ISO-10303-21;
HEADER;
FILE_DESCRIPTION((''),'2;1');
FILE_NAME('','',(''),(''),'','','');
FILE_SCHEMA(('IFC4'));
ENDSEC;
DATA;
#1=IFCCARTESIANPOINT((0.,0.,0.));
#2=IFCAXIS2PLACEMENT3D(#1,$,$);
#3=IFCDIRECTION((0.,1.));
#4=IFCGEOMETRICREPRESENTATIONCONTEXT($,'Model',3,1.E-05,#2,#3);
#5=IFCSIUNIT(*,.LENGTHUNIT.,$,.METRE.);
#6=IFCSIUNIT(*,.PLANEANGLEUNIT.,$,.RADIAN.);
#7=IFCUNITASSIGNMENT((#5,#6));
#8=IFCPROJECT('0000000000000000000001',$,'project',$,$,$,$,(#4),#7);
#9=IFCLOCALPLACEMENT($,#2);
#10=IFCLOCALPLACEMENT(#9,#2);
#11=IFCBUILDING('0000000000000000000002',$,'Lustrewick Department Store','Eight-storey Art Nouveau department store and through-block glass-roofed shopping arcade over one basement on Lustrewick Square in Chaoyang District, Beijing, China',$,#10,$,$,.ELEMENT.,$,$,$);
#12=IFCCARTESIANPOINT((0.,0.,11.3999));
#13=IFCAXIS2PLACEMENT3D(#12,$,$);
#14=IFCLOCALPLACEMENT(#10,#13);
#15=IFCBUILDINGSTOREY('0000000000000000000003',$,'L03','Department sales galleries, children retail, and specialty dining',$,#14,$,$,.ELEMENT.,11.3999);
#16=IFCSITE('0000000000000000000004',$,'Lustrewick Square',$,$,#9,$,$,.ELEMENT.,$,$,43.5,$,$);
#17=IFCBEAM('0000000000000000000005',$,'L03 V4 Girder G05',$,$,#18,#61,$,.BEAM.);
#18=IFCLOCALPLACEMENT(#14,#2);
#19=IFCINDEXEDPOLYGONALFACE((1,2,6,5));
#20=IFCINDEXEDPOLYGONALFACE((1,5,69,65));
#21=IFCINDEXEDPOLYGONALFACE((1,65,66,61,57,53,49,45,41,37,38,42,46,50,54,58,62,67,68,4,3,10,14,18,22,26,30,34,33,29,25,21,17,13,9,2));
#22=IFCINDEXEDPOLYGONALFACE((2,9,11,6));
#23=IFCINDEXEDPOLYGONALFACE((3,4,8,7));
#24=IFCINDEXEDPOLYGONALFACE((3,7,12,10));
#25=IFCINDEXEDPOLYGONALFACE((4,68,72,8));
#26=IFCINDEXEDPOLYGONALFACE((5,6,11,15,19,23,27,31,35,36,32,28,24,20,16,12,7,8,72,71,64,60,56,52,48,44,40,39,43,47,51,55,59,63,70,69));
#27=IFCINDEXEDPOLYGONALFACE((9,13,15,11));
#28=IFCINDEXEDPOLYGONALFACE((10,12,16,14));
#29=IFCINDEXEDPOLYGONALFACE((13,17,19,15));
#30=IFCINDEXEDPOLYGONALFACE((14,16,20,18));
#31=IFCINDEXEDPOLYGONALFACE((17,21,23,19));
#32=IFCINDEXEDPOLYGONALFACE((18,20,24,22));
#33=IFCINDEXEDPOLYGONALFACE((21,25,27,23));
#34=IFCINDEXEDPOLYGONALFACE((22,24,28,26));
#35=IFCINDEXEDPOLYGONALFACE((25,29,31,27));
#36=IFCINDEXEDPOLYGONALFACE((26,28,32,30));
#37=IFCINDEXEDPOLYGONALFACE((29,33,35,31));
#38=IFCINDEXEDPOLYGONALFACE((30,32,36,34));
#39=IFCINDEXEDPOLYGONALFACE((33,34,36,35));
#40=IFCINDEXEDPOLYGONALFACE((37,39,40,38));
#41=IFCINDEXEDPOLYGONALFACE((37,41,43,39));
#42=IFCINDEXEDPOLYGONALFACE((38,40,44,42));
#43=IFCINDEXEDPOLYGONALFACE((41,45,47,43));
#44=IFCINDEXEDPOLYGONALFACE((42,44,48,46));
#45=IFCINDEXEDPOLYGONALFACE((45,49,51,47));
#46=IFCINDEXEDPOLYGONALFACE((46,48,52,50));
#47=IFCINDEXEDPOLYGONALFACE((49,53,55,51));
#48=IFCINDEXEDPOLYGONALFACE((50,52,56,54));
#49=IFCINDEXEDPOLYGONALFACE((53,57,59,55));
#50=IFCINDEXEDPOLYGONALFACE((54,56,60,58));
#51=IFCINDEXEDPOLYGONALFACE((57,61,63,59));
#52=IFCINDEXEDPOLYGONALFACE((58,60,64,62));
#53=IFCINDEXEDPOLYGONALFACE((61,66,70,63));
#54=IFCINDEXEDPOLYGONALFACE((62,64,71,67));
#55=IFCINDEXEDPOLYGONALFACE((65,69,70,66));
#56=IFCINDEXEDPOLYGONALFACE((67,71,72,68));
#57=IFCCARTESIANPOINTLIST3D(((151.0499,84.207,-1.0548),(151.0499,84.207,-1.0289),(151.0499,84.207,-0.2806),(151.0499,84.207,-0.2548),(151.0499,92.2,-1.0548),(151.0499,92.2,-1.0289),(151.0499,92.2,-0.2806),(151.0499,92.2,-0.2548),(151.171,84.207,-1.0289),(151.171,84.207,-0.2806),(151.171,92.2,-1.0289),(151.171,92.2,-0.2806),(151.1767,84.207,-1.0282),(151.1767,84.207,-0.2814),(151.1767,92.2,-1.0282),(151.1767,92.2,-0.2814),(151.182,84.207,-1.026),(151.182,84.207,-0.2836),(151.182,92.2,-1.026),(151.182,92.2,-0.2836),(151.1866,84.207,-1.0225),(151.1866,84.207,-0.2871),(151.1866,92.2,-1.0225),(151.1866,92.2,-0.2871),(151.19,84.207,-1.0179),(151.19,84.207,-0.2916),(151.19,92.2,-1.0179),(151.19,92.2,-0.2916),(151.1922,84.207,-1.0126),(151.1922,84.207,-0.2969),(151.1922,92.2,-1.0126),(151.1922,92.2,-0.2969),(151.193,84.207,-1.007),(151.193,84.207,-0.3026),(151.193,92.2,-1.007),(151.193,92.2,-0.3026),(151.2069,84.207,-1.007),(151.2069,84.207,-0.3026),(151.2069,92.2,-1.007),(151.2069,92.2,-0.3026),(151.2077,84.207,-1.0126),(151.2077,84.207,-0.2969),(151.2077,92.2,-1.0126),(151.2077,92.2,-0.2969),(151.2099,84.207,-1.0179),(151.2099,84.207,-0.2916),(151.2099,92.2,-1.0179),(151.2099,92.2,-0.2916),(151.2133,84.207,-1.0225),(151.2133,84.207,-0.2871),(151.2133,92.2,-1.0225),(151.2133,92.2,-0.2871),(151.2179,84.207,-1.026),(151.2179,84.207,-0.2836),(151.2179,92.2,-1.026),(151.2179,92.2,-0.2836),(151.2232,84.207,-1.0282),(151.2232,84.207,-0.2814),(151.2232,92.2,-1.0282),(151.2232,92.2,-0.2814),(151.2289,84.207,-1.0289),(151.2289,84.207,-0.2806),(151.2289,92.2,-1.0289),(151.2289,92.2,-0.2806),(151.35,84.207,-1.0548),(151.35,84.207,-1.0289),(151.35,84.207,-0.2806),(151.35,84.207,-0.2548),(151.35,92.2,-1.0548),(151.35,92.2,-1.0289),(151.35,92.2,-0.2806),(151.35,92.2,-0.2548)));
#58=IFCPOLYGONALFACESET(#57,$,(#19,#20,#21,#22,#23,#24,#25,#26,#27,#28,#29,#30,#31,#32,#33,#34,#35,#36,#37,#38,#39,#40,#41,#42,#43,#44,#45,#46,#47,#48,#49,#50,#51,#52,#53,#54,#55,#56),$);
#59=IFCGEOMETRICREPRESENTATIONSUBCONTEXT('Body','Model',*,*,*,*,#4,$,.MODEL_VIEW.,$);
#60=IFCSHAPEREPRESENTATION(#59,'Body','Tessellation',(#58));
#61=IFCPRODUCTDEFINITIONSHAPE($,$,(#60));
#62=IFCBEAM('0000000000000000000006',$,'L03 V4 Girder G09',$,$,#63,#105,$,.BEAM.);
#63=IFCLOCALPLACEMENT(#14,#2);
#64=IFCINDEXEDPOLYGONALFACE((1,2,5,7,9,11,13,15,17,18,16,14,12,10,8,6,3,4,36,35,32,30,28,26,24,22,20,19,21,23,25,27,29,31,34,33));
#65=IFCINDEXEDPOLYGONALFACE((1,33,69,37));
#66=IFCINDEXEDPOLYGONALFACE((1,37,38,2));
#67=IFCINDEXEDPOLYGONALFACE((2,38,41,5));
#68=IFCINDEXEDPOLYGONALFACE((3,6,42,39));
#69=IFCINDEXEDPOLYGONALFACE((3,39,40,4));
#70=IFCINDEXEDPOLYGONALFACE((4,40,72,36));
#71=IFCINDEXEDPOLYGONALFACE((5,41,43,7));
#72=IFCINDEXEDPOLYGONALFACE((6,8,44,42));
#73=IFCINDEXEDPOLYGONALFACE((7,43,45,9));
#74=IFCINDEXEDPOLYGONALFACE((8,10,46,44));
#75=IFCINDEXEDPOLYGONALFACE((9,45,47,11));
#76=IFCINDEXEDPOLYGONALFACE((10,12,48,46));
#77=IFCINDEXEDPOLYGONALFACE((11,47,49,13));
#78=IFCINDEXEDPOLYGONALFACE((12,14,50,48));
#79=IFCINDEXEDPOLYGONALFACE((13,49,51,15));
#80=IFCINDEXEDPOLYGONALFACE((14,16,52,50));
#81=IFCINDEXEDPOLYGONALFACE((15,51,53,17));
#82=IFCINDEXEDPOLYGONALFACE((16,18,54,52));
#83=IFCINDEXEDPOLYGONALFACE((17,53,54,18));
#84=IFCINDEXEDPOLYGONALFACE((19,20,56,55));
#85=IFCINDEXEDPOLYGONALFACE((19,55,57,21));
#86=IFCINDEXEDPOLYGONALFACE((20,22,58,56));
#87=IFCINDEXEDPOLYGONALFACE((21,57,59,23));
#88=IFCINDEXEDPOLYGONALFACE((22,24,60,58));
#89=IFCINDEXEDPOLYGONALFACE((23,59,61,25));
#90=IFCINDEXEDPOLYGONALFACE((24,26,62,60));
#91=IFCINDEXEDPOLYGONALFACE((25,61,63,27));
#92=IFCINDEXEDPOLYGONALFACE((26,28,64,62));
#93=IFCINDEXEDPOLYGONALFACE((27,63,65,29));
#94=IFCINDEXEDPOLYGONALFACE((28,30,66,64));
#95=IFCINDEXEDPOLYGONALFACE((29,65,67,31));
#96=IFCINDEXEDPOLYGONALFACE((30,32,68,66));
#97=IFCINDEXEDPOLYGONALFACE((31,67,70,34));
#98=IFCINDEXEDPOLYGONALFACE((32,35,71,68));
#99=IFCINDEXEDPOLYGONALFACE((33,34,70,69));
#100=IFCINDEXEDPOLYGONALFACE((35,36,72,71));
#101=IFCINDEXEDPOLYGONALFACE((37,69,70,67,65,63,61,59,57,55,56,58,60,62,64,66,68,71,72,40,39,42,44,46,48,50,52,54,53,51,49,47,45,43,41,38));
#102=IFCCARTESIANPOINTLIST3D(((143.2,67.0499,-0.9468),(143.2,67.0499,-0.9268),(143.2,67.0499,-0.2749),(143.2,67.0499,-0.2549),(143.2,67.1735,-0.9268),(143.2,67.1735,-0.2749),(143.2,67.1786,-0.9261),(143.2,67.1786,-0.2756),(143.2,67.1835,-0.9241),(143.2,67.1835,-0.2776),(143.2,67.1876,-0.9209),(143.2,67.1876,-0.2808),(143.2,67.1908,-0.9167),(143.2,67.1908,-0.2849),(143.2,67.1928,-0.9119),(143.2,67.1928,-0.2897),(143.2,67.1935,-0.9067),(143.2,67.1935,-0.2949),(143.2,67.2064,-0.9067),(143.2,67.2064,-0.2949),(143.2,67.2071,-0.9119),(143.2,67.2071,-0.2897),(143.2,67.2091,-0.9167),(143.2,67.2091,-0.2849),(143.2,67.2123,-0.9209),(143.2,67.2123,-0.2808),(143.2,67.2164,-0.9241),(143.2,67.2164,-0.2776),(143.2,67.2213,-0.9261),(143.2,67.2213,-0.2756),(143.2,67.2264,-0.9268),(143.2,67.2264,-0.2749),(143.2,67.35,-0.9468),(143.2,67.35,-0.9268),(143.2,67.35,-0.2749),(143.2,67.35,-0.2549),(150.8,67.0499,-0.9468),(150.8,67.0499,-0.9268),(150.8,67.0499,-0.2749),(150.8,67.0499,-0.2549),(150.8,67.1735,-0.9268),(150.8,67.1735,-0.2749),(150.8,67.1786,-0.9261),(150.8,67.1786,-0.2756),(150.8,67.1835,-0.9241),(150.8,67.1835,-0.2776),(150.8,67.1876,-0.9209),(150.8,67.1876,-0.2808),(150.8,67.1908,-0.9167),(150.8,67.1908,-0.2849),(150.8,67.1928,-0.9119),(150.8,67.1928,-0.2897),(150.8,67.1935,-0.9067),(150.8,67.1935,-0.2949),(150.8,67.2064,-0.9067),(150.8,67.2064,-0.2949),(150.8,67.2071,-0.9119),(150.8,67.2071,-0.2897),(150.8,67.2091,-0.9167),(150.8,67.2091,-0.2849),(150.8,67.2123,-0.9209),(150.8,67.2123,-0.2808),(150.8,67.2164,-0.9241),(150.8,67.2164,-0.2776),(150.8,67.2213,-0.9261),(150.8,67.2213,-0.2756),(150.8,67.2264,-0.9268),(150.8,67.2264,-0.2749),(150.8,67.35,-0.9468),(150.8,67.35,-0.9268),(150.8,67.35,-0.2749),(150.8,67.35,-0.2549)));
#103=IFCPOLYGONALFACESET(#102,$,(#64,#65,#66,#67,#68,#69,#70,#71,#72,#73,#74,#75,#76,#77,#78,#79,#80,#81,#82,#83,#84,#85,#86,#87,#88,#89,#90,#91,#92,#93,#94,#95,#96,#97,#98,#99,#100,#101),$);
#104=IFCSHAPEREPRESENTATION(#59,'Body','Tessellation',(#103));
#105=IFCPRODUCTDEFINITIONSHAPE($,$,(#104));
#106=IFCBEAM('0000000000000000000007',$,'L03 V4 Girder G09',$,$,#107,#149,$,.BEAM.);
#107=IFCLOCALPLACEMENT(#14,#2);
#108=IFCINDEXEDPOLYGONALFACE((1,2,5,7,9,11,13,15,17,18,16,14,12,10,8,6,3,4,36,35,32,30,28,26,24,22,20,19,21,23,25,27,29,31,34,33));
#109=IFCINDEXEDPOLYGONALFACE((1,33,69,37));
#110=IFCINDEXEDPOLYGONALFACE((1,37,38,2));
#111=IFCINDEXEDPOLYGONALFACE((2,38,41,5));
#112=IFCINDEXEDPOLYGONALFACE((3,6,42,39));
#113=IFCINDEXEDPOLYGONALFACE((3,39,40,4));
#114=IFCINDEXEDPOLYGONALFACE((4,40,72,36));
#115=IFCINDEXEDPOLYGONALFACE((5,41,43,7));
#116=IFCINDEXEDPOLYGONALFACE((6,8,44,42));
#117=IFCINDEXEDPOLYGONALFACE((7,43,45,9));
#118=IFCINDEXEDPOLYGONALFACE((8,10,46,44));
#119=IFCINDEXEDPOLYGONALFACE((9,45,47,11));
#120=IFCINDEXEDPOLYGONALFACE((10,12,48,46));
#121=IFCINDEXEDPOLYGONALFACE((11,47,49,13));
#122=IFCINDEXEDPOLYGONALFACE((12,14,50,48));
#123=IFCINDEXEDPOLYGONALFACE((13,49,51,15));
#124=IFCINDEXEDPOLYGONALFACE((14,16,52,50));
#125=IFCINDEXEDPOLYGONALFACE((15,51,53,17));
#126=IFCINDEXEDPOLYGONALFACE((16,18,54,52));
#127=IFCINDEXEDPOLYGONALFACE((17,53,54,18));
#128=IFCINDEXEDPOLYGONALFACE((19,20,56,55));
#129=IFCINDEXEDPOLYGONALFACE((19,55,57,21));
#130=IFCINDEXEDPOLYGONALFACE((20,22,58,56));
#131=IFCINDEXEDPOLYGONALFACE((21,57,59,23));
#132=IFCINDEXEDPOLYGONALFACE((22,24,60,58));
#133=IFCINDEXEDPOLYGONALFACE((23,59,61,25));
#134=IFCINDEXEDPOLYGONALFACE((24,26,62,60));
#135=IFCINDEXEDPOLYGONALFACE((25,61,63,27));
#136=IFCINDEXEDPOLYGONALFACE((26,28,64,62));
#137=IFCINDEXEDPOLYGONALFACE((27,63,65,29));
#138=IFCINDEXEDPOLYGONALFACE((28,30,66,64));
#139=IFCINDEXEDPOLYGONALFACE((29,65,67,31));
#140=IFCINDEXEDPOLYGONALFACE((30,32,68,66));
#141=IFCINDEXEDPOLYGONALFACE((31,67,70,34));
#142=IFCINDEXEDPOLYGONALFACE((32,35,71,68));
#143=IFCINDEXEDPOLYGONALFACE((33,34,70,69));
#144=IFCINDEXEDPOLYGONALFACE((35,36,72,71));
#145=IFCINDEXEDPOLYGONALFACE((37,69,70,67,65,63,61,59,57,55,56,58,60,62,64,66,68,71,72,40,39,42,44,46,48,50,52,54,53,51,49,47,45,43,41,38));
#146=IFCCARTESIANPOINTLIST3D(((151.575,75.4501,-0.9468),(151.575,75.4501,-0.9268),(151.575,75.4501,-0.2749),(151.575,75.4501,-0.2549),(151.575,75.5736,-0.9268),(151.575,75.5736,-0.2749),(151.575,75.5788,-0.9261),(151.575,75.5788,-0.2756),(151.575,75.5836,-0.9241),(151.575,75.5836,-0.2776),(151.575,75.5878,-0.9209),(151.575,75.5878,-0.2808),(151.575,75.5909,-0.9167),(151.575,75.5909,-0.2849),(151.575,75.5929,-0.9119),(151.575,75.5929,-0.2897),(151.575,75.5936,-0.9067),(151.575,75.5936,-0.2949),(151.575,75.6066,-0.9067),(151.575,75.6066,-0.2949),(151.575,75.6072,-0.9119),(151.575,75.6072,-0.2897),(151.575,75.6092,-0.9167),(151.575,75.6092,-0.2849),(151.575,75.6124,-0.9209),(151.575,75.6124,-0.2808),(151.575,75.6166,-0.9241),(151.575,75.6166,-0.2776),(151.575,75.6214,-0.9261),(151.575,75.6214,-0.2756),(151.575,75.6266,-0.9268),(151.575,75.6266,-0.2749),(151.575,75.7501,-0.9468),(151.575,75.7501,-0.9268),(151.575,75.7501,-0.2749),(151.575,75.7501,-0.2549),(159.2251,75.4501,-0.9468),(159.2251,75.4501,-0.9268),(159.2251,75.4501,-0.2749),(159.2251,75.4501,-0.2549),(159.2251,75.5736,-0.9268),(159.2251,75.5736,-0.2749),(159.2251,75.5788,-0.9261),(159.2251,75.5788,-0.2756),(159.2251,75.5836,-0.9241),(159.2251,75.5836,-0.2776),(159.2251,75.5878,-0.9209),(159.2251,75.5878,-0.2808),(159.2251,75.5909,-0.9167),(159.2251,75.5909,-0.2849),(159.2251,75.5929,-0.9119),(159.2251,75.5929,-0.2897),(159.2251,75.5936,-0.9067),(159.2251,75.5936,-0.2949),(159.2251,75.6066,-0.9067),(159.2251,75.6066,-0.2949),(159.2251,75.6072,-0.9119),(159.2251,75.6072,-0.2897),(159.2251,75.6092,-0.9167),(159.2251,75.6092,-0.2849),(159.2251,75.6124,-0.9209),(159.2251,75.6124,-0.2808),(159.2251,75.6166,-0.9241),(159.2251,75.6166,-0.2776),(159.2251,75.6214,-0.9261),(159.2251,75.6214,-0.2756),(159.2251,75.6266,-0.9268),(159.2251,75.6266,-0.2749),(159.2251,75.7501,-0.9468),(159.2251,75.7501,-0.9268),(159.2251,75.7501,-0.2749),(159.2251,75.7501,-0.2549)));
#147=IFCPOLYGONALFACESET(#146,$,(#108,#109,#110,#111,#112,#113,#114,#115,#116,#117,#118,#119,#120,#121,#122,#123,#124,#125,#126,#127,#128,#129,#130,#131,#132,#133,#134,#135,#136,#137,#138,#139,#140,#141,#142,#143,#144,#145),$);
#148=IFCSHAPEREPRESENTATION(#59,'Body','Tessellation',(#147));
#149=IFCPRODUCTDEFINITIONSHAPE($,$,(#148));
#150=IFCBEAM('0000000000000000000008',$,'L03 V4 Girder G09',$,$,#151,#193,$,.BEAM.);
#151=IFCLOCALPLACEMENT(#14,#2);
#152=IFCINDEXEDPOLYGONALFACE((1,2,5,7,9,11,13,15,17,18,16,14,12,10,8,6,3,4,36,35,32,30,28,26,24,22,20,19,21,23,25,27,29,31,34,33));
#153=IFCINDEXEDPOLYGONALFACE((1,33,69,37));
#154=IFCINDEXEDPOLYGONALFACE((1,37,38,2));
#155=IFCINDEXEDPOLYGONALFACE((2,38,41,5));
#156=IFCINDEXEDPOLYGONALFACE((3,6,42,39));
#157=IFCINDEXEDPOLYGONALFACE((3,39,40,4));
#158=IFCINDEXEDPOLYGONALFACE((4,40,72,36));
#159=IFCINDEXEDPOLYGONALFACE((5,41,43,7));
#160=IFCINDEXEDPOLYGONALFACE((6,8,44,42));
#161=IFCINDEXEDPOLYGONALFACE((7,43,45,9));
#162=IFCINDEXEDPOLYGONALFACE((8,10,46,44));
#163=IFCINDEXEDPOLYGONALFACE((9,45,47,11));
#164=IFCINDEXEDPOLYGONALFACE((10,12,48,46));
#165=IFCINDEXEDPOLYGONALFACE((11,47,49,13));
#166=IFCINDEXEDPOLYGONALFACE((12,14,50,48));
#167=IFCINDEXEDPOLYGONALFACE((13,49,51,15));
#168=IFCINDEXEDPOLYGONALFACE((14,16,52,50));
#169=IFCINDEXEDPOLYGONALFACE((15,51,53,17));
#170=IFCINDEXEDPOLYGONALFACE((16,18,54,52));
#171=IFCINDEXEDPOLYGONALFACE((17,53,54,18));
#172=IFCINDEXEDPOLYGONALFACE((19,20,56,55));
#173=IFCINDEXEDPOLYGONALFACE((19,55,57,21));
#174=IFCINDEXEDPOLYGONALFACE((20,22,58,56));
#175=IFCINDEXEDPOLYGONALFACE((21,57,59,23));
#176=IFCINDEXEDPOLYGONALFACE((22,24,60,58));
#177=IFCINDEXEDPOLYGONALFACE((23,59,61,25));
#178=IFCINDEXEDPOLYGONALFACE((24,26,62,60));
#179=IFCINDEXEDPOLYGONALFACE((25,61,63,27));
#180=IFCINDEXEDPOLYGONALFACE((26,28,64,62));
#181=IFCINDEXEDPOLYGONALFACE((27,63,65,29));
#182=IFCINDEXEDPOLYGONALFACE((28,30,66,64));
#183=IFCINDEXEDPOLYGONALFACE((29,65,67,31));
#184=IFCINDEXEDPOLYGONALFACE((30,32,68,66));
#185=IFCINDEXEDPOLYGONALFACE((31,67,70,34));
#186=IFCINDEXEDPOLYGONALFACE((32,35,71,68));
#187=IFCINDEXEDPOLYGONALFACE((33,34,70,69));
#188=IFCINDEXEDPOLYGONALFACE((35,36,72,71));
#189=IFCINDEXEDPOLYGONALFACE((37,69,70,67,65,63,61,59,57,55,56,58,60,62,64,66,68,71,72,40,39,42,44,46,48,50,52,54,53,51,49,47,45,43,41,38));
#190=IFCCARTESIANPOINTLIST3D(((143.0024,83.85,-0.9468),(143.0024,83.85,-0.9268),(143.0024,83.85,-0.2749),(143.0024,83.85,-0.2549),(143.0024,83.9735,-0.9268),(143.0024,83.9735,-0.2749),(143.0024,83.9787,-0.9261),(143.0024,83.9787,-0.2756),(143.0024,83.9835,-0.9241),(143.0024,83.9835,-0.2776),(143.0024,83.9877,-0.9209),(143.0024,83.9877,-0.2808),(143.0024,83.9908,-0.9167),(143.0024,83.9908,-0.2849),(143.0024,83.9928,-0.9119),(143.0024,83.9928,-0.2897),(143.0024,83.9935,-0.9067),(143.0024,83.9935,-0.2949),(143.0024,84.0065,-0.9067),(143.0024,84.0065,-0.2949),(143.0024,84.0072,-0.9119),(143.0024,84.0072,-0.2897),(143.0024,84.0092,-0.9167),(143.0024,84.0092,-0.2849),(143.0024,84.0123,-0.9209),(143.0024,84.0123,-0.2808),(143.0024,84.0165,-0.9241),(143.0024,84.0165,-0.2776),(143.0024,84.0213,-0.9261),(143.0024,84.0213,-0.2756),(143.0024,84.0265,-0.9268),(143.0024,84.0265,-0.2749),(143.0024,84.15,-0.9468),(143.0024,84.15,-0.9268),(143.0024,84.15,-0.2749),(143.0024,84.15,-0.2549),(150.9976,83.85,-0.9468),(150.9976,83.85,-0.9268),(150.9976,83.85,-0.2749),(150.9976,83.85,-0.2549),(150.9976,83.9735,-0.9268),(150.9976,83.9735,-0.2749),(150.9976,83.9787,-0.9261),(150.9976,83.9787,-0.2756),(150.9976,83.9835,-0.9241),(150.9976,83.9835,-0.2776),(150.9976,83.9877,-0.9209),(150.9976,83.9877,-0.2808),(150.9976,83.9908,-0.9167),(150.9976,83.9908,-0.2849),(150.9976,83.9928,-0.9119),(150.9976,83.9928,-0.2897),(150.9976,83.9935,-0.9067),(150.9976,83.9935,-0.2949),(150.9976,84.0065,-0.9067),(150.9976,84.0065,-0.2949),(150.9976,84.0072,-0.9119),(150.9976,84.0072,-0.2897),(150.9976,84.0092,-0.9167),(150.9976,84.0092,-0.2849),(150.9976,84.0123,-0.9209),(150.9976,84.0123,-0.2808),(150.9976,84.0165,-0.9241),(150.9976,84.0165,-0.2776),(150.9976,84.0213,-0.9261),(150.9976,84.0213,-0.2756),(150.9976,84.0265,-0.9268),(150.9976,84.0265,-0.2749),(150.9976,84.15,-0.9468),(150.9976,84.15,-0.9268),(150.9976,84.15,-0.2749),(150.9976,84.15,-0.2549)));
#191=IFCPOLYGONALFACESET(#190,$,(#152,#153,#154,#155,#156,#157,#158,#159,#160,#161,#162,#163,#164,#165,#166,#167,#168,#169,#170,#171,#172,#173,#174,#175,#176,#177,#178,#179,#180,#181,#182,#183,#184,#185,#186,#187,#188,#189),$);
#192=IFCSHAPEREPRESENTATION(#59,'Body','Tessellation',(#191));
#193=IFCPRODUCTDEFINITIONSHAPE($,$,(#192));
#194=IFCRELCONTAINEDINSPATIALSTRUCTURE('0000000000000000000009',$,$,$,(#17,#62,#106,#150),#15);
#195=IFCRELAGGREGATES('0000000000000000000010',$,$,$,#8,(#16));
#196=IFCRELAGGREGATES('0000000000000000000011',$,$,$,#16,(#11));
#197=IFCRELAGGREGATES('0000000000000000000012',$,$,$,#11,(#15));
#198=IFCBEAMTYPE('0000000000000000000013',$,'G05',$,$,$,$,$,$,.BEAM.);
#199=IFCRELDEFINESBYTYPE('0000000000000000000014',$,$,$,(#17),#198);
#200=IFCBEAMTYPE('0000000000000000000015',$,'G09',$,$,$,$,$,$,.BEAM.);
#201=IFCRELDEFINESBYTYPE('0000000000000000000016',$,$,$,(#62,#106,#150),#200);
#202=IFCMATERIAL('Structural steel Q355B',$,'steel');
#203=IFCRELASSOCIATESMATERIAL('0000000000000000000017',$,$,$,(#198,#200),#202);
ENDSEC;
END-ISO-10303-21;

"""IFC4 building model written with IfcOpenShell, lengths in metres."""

from ifc_helpers import new_model, si_unit, direction, frame, origin, origin_2d, place, context, subcontext, project, spatial, i_section, extrude, material, material_profile, profile_set, type_object, element, save


model = new_model("IFC4")

# Units and contexts
model_context = context("Model", 3, precision=1e-05, world=origin(), true_north=direction((0.0, 1.0)))
body_context = subcontext(model_context, "Body", "Model", "MODEL_VIEW")
ifc_project = project(units=[si_unit("LENGTHUNIT", "METRE"), si_unit("PLANEANGLEUNIT", "RADIAN")], contexts=[model_context])

# Site, building, storey
site_placement = place(None, origin())
site = spatial("IfcSite", under=ifc_project, at=site_placement, Name="Lustrewick Square", CompositionType="ELEMENT", RefElevation=43.5)
building_placement = place(site_placement, origin())
building = spatial("IfcBuilding", under=site, at=building_placement, Name="Lustrewick Department Store", Description="Eight-storey Art Nouveau department store and through-block glass-roofed shopping arcade over one basement on Lustrewick Square in Chaoyang District, Beijing, China", CompositionType="ELEMENT")
storey_placement = place(building_placement, frame((0.0, 0.0, 11.3999)))
storey = spatial("IfcBuildingStorey", under=building, at=storey_placement, Name="L03", Description="Department sales galleries, children retail, and specialty dining", CompositionType="ELEMENT", Elevation=11.3999)

# Shared definitions
ifc_material_1 = material(Name="Structural steel Q355B", Category="steel")

# Beams
ifc_material_profile_1 = material_profile(ifc_material_1, i_section(OverallWidth=0.3, OverallDepth=0.8, WebThickness=0.0139, FlangeThickness=0.0259, FilletRadius=0.022, at=origin_2d()), Name="HN 800x300x14x26")
ifc_profile_set_1 = profile_set([ifc_material_profile_1], Name="Structural steel Q355B")
beam_type_1 = type_object("IfcBeamType", Name="G05", PredefinedType="BEAM", material=ifc_profile_set_1)
beam_1_placement = place(storey_placement, frame((151.2, 84.207, -0.6548), z_axis=(0.0, 1.0, 0.0), x_axis=(-1.0, 0.0, 0.0)))
element("IfcBeam", 1, at=beam_1_placement, inside=storey, type_object=beam_type_1, Name="L03 V4 Girder G05", PredefinedType="BEAM", context=body_context, shape_type="SweptSolid", body=[
    extrude(i_section(OverallWidth=0.3, OverallDepth=0.8, WebThickness=0.0139, FlangeThickness=0.0259, FilletRadius=0.022, at=origin_2d()), origin(), (0.0, 0.0, 1.0), 7.9929),
])
ifc_material_profile_2 = material_profile(ifc_material_1, i_section(OverallWidth=0.3, OverallDepth=0.6919, WebThickness=0.0129, FlangeThickness=0.02, FilletRadius=0.02, at=origin_2d()), Name="HN 692x300x13x20")
ifc_profile_set_2 = profile_set([ifc_material_profile_2], Name="Structural steel Q355B")
beam_type_2 = type_object("IfcBeamType", Name="G09", PredefinedType="BEAM", material=ifc_profile_set_2)
beam_2_placement = place(storey_placement, frame((143.2, 67.2, -0.6008), z_axis=(1.0, 0.0, 0.0), x_axis=(0.0, 1.0, 0.0)))
element("IfcBeam", 2, at=beam_2_placement, inside=storey, type_object=beam_type_2, Name="L03 V4 Girder G09", PredefinedType="BEAM", context=body_context, shape_type="SweptSolid", body=[
    extrude(i_section(OverallWidth=0.3, OverallDepth=0.6919, WebThickness=0.0129, FlangeThickness=0.02, FilletRadius=0.02, at=origin_2d()), origin(), (0.0, 0.0, 1.0), 7.6001),
])
beam_3_placement = place(storey_placement, frame((151.575, 75.6001, -0.6008), z_axis=(1.0, 0.0, 0.0), x_axis=(0.0, 1.0, 0.0)))
element("IfcBeam", 3, at=beam_3_placement, inside=storey, type_object=beam_type_2, Name="L03 V4 Girder G09", PredefinedType="BEAM", context=body_context, shape_type="SweptSolid", body=[
    extrude(i_section(OverallWidth=0.3, OverallDepth=0.6919, WebThickness=0.0129, FlangeThickness=0.02, FilletRadius=0.02, at=origin_2d()), origin(), (0.0, 0.0, 1.0), 7.6501),
])
beam_4_placement = place(storey_placement, frame((143.0024, 84.0, -0.6008), z_axis=(1.0, 0.0, 0.0), x_axis=(0.0, 1.0, 0.0)))
element("IfcBeam", 4, at=beam_4_placement, inside=storey, type_object=beam_type_2, Name="L03 V4 Girder G09", PredefinedType="BEAM", context=body_context, shape_type="SweptSolid", body=[
    extrude(i_section(OverallWidth=0.3, OverallDepth=0.6919, WebThickness=0.0129, FlangeThickness=0.02, FilletRadius=0.02, at=origin_2d()), origin(), (0.0, 0.0, 1.0), 7.9951),
])

save(model, "model.ifc")
